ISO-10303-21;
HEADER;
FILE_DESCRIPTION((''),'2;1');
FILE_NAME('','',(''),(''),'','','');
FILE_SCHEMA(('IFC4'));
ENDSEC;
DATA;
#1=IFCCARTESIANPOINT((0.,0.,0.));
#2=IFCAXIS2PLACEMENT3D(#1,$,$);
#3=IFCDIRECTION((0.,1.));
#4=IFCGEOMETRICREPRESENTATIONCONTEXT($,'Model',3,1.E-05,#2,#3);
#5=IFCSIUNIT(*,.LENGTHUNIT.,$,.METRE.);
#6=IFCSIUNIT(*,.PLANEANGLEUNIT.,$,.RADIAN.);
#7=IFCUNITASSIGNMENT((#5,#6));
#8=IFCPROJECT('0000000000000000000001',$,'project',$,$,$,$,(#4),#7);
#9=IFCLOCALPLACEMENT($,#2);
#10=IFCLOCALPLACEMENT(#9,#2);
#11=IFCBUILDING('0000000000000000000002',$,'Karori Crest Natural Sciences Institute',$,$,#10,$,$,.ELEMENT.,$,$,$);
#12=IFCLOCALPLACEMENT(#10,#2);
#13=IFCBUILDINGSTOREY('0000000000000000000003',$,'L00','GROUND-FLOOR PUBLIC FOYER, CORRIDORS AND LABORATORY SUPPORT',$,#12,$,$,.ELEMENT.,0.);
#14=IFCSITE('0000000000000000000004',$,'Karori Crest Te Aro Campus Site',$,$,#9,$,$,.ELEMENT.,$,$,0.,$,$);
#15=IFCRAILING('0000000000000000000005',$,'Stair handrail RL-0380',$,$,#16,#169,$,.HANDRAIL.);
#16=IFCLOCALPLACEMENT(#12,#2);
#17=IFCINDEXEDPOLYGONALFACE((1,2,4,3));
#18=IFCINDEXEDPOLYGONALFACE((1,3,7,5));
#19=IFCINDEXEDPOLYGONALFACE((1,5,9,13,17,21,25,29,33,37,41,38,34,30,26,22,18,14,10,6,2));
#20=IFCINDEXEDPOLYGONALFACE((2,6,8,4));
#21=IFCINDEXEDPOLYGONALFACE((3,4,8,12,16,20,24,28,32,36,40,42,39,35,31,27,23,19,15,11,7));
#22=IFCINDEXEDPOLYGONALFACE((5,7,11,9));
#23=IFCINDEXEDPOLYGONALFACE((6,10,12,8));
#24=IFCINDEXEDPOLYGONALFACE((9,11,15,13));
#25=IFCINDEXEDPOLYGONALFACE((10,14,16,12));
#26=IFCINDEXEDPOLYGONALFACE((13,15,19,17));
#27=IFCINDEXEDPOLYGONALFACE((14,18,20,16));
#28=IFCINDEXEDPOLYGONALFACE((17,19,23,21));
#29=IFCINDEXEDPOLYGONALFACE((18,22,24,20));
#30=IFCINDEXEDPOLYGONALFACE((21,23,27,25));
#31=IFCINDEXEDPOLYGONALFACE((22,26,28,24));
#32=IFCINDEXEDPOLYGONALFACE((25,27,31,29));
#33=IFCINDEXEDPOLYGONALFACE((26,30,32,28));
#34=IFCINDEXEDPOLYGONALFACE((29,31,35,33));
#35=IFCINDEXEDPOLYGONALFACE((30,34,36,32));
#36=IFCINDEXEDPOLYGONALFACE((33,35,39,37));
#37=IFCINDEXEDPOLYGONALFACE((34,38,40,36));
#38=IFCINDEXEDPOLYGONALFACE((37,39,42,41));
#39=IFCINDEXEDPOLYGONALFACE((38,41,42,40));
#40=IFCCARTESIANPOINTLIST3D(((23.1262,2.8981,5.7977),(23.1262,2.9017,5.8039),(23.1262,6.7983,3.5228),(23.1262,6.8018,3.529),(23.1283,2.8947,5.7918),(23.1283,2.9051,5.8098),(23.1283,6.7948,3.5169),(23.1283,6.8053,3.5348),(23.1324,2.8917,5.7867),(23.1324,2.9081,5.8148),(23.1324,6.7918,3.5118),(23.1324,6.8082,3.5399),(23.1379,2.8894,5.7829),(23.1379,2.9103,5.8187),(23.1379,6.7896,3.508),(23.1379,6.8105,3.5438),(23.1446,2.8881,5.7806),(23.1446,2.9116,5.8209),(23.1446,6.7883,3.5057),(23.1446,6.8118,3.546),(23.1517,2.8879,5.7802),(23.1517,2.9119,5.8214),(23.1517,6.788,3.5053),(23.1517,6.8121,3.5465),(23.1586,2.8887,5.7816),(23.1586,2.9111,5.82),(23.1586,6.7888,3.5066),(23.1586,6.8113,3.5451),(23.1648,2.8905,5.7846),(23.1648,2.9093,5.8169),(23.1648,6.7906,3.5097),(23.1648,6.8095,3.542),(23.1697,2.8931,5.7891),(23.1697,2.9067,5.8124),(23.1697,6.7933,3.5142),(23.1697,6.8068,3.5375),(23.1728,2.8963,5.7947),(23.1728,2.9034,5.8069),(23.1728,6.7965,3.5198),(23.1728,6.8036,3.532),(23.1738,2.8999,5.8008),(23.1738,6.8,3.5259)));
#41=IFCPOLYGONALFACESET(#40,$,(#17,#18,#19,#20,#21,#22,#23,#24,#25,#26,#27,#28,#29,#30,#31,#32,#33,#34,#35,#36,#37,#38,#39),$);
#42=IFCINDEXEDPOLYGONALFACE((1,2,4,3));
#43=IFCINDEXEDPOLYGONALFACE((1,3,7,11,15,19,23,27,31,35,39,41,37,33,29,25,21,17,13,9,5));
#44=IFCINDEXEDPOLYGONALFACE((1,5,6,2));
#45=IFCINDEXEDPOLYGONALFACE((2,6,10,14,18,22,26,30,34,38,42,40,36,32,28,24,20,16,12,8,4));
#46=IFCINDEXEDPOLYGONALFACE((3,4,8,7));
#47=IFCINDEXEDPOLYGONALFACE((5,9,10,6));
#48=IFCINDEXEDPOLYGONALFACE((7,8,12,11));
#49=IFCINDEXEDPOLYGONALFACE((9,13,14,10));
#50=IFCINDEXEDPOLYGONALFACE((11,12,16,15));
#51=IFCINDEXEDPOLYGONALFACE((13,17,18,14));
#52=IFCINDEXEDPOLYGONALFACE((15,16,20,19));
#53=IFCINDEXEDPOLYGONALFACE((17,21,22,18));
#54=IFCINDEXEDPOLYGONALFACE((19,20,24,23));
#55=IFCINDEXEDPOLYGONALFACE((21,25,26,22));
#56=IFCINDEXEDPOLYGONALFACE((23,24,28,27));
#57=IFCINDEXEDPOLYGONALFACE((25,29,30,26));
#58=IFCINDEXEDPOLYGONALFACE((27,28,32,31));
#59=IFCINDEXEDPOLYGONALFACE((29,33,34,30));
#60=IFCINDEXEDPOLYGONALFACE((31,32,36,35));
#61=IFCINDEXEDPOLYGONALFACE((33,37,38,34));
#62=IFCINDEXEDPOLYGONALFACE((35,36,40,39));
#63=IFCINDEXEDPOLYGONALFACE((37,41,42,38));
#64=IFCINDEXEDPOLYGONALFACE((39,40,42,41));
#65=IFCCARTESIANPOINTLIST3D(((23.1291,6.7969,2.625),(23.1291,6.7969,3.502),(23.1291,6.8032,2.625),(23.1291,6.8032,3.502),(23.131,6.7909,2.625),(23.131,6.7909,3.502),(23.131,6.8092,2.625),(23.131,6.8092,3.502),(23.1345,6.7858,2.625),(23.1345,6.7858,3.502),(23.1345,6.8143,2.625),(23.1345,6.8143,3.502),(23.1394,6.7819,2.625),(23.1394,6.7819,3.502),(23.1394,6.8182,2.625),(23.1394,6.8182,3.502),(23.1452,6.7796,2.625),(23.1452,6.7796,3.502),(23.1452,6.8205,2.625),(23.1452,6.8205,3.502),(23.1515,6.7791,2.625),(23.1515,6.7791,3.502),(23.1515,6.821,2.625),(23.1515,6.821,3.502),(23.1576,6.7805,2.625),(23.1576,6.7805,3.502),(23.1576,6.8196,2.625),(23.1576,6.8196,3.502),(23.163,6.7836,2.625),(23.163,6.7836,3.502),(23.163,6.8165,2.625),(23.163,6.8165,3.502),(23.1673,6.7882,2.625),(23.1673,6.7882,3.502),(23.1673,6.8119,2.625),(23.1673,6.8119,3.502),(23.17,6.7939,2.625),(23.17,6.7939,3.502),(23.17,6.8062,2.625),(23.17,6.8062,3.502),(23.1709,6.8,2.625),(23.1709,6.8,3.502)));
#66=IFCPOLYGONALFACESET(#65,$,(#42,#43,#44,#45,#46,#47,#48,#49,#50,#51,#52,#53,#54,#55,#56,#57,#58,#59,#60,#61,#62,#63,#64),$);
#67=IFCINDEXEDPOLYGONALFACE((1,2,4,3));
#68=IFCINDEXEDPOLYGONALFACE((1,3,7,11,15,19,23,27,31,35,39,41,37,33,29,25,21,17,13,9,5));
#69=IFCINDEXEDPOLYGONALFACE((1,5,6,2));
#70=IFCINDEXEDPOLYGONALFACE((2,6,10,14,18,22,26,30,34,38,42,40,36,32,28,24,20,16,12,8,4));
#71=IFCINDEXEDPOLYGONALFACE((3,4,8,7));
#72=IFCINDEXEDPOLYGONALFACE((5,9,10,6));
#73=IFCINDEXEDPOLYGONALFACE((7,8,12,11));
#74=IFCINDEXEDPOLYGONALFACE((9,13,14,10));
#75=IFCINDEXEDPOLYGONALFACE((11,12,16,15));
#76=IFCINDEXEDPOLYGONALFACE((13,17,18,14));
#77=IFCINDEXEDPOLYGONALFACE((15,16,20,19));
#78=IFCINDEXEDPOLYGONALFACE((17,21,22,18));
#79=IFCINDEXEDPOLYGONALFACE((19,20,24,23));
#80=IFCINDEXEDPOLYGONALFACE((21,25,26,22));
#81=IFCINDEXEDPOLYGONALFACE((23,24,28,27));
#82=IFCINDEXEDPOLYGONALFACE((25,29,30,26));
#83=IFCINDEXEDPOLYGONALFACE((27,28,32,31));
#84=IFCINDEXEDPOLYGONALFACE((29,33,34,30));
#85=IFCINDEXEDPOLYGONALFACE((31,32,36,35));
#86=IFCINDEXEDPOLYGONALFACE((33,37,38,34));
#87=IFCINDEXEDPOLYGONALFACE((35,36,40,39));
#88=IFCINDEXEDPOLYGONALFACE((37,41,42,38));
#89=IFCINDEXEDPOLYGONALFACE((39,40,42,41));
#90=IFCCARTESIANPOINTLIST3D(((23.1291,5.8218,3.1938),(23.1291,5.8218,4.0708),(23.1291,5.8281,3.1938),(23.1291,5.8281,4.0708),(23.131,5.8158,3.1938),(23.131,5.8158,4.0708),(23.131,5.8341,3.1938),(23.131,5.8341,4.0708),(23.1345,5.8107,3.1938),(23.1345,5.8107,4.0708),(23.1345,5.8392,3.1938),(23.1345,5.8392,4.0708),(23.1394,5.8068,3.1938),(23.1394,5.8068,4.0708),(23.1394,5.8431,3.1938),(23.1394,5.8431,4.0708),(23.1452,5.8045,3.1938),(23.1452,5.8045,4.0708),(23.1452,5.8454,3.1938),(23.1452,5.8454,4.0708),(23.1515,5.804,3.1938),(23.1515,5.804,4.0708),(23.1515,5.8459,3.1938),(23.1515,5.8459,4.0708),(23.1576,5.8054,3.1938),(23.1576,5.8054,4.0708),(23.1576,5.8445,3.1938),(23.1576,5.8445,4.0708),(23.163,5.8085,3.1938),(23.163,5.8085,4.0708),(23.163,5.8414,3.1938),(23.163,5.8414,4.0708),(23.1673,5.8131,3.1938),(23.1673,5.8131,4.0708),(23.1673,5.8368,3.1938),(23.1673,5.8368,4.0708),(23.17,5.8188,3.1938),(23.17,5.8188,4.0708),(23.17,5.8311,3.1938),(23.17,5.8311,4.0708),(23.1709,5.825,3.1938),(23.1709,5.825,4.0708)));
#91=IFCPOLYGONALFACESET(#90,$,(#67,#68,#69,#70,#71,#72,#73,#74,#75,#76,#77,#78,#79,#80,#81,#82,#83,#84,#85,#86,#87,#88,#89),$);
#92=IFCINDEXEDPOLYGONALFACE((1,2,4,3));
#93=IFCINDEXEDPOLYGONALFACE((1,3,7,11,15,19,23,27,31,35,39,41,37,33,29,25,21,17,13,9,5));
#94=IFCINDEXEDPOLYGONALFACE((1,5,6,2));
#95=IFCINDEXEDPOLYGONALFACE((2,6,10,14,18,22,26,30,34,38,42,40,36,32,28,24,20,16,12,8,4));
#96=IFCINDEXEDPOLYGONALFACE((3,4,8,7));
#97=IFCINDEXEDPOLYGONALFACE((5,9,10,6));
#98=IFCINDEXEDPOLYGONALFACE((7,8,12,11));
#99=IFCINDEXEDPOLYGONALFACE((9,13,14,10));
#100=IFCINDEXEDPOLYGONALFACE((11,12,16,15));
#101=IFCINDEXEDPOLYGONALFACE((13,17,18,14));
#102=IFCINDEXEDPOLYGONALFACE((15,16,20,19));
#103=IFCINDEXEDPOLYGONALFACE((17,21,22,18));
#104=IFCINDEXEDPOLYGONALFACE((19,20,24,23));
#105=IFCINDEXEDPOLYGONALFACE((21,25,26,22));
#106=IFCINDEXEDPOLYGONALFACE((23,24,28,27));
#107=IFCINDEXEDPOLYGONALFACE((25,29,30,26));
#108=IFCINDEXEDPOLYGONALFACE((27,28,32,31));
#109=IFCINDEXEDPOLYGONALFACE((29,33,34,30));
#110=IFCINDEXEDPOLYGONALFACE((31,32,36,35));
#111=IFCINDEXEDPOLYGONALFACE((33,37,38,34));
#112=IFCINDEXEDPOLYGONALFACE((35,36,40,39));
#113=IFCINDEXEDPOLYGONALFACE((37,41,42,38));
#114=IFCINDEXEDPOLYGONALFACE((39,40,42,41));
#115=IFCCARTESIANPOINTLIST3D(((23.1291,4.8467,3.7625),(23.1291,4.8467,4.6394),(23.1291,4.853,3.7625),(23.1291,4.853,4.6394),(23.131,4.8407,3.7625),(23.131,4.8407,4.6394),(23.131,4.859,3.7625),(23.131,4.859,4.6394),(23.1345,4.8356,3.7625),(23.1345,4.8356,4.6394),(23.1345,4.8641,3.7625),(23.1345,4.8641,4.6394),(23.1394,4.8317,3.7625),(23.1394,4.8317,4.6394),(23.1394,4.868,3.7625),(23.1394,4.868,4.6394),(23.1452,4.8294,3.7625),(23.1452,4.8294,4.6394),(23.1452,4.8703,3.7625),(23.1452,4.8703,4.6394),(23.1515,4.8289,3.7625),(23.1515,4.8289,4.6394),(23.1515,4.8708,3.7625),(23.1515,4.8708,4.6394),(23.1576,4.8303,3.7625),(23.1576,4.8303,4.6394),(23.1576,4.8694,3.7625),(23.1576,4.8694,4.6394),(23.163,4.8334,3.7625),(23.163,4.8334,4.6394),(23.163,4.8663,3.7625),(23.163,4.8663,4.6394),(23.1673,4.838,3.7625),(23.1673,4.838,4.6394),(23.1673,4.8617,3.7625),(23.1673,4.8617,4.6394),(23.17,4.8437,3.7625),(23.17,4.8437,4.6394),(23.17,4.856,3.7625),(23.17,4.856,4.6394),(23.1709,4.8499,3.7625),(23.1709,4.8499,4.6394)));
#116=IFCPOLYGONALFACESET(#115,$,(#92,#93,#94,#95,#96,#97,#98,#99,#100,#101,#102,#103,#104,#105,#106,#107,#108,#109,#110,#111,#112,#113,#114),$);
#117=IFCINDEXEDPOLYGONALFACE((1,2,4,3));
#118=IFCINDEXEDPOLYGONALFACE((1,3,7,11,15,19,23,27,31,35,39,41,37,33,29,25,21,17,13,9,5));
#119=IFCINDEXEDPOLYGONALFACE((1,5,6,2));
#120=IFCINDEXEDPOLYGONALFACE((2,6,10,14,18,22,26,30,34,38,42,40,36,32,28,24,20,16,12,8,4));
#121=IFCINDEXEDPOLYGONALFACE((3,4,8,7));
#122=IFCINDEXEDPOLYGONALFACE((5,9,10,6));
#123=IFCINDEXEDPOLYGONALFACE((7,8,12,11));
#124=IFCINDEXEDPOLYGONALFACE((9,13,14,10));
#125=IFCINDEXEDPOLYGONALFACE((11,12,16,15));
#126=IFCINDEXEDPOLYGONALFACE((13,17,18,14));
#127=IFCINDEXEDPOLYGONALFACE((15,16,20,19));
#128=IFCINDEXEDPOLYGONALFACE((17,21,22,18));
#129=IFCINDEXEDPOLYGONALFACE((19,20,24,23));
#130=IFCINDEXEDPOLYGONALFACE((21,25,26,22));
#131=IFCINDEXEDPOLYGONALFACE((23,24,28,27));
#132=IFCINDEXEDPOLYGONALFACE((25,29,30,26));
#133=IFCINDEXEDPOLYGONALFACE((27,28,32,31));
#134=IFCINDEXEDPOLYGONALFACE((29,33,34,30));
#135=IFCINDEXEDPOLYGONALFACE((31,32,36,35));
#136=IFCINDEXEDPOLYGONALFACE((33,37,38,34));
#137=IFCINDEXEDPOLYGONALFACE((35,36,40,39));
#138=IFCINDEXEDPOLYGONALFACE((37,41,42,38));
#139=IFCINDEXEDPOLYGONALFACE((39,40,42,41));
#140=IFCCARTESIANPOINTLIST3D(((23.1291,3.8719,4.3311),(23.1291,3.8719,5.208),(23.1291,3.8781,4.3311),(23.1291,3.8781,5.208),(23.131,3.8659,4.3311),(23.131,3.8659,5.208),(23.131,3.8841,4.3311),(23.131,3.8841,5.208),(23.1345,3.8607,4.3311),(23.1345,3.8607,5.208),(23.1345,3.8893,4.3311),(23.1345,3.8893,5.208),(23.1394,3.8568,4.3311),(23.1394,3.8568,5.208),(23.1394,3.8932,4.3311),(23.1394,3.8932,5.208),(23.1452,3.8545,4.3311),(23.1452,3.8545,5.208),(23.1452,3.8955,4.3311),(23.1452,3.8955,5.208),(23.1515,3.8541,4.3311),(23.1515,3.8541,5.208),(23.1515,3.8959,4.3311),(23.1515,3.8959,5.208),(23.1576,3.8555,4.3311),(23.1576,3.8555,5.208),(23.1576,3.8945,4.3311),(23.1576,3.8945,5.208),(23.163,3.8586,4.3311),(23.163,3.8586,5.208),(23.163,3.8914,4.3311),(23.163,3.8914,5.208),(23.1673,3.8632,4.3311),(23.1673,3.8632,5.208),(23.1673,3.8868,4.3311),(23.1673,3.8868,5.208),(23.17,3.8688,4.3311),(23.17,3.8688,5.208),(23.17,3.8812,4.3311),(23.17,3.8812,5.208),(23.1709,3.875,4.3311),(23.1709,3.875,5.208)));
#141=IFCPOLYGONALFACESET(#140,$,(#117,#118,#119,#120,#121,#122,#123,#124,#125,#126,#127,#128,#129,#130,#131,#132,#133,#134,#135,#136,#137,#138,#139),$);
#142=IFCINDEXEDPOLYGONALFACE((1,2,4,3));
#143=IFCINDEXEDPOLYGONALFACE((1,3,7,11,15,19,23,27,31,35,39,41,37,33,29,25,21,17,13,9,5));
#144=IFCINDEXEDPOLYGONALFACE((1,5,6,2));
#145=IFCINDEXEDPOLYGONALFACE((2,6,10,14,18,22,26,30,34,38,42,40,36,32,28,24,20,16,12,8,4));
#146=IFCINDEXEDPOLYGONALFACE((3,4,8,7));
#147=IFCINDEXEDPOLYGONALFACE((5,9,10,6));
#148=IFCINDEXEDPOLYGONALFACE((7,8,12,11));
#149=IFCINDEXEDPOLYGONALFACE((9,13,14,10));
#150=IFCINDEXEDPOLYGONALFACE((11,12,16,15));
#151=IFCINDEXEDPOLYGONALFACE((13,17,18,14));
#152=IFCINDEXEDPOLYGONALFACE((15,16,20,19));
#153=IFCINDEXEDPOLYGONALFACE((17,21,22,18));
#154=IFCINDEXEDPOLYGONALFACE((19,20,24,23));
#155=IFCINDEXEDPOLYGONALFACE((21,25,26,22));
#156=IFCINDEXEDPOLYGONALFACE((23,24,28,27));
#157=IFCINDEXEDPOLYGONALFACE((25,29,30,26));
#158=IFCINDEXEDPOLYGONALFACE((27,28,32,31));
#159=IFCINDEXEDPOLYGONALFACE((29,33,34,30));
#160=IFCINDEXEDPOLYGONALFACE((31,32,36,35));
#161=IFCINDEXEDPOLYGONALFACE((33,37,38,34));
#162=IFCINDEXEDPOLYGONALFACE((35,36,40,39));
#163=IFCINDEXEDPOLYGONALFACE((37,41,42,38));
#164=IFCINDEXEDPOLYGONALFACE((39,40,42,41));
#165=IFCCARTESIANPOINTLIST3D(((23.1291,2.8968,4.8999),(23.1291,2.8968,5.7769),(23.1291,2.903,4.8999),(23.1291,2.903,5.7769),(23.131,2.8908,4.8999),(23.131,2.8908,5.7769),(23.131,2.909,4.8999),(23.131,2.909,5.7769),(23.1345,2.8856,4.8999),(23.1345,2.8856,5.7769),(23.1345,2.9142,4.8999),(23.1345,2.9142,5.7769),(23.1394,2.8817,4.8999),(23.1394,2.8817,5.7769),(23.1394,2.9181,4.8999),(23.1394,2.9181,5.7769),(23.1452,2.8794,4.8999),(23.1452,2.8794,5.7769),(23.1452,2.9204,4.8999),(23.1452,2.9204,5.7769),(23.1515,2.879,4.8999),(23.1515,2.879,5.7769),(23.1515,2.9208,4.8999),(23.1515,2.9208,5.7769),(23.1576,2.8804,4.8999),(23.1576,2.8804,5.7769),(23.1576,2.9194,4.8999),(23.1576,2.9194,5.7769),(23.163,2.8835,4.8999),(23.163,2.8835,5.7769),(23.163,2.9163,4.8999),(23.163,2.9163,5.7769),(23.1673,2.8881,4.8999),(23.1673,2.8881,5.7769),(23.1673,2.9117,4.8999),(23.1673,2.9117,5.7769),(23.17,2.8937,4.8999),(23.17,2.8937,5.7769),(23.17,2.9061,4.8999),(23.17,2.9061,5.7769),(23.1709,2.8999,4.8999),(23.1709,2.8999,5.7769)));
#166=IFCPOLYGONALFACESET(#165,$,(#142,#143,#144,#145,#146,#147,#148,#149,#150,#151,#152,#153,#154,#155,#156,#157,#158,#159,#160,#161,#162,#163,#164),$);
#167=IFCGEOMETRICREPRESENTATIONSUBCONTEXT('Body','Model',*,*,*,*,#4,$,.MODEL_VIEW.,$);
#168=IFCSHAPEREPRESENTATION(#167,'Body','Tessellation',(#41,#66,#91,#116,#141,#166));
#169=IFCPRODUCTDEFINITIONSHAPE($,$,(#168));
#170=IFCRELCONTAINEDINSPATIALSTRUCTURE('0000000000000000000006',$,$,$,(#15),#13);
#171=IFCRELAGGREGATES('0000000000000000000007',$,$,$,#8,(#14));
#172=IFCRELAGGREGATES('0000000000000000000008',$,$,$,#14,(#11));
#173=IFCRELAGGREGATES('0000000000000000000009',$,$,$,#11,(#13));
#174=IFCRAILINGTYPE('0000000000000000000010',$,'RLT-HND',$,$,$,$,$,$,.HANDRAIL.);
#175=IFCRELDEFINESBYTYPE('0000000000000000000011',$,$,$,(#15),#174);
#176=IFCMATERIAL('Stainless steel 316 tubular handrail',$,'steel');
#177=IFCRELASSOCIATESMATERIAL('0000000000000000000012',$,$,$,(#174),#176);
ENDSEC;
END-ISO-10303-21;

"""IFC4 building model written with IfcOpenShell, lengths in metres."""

from ifc_helpers import new_model, si_unit, direction, frame, origin, origin_2d, place, context, subcontext, project, spatial, circle, extrude, material, type_object, element, save


model = new_model("IFC4")

# Units and contexts
model_context = context("Model", 3, precision=1e-05, world=origin(), true_north=direction((0.0, 1.0)))
body_context = subcontext(model_context, "Body", "Model", "MODEL_VIEW")
ifc_project = project(units=[si_unit("LENGTHUNIT", "METRE"), si_unit("PLANEANGLEUNIT", "RADIAN")], contexts=[model_context])

# Site, building, storey
site_placement = place(None, origin())
site = spatial("IfcSite", under=ifc_project, at=site_placement, Name="Karori Crest Te Aro Campus Site", CompositionType="ELEMENT", RefElevation=0.0)
building_placement = place(site_placement, origin())
building = spatial("IfcBuilding", under=site, at=building_placement, Name="Karori Crest Natural Sciences Institute", CompositionType="ELEMENT")
storey_placement = place(building_placement, origin())
storey = spatial("IfcBuildingStorey", under=building, at=storey_placement, Name="L00", Description="GROUND-FLOOR PUBLIC FOYER, CORRIDORS AND LABORATORY SUPPORT", CompositionType="ELEMENT", Elevation=0.0)

# Railing
ifc_material_1 = material(Name="Stainless steel 316 tubular handrail", Category="steel")
railing_type_1 = type_object("IfcRailingType", Name="RLT-HND", PredefinedType="HANDRAIL", material=ifc_material_1)
railing_1_placement = place(storey_placement, frame((23.1499, 6.8, 2.625)))
element("IfcRailing", 1, at=railing_1_placement, inside=storey, type_object=railing_type_1, Name="Stair handrail RL-0380", PredefinedType="HANDRAIL", context=body_context, shape_type="SweptSolid", body=[
    extrude(circle(Radius=0.0239, at=origin_2d()), frame((0.0, 0.0, 0.9009), z_axis=(0.0, -0.863797, 0.503841), x_axis=(1.0, 0.0, 0.0)), (0.0, 0.0, 1.0), 4.5151),
    extrude(circle(Radius=0.021, at=origin_2d()), origin(), (0.0, 0.0, 1.0), 0.877),
    extrude(circle(Radius=0.021, at=origin_2d()), frame((0.0, -0.9751, 0.5688)), (0.0, 0.0, 1.0), 0.877),
    extrude(circle(Radius=0.021, at=origin_2d()), frame((0.0, -1.9502, 1.1375)), (0.0, 0.0, 1.0), 0.877),
    extrude(circle(Radius=0.021, at=origin_2d()), frame((0.0, -2.925, 1.7061)), (0.0, 0.0, 1.0), 0.877),
    extrude(circle(Radius=0.021, at=origin_2d()), frame((0.0, -3.9001, 2.2749)), (0.0, 0.0, 1.0), 0.877),
])

save(model, "model.ifc")
